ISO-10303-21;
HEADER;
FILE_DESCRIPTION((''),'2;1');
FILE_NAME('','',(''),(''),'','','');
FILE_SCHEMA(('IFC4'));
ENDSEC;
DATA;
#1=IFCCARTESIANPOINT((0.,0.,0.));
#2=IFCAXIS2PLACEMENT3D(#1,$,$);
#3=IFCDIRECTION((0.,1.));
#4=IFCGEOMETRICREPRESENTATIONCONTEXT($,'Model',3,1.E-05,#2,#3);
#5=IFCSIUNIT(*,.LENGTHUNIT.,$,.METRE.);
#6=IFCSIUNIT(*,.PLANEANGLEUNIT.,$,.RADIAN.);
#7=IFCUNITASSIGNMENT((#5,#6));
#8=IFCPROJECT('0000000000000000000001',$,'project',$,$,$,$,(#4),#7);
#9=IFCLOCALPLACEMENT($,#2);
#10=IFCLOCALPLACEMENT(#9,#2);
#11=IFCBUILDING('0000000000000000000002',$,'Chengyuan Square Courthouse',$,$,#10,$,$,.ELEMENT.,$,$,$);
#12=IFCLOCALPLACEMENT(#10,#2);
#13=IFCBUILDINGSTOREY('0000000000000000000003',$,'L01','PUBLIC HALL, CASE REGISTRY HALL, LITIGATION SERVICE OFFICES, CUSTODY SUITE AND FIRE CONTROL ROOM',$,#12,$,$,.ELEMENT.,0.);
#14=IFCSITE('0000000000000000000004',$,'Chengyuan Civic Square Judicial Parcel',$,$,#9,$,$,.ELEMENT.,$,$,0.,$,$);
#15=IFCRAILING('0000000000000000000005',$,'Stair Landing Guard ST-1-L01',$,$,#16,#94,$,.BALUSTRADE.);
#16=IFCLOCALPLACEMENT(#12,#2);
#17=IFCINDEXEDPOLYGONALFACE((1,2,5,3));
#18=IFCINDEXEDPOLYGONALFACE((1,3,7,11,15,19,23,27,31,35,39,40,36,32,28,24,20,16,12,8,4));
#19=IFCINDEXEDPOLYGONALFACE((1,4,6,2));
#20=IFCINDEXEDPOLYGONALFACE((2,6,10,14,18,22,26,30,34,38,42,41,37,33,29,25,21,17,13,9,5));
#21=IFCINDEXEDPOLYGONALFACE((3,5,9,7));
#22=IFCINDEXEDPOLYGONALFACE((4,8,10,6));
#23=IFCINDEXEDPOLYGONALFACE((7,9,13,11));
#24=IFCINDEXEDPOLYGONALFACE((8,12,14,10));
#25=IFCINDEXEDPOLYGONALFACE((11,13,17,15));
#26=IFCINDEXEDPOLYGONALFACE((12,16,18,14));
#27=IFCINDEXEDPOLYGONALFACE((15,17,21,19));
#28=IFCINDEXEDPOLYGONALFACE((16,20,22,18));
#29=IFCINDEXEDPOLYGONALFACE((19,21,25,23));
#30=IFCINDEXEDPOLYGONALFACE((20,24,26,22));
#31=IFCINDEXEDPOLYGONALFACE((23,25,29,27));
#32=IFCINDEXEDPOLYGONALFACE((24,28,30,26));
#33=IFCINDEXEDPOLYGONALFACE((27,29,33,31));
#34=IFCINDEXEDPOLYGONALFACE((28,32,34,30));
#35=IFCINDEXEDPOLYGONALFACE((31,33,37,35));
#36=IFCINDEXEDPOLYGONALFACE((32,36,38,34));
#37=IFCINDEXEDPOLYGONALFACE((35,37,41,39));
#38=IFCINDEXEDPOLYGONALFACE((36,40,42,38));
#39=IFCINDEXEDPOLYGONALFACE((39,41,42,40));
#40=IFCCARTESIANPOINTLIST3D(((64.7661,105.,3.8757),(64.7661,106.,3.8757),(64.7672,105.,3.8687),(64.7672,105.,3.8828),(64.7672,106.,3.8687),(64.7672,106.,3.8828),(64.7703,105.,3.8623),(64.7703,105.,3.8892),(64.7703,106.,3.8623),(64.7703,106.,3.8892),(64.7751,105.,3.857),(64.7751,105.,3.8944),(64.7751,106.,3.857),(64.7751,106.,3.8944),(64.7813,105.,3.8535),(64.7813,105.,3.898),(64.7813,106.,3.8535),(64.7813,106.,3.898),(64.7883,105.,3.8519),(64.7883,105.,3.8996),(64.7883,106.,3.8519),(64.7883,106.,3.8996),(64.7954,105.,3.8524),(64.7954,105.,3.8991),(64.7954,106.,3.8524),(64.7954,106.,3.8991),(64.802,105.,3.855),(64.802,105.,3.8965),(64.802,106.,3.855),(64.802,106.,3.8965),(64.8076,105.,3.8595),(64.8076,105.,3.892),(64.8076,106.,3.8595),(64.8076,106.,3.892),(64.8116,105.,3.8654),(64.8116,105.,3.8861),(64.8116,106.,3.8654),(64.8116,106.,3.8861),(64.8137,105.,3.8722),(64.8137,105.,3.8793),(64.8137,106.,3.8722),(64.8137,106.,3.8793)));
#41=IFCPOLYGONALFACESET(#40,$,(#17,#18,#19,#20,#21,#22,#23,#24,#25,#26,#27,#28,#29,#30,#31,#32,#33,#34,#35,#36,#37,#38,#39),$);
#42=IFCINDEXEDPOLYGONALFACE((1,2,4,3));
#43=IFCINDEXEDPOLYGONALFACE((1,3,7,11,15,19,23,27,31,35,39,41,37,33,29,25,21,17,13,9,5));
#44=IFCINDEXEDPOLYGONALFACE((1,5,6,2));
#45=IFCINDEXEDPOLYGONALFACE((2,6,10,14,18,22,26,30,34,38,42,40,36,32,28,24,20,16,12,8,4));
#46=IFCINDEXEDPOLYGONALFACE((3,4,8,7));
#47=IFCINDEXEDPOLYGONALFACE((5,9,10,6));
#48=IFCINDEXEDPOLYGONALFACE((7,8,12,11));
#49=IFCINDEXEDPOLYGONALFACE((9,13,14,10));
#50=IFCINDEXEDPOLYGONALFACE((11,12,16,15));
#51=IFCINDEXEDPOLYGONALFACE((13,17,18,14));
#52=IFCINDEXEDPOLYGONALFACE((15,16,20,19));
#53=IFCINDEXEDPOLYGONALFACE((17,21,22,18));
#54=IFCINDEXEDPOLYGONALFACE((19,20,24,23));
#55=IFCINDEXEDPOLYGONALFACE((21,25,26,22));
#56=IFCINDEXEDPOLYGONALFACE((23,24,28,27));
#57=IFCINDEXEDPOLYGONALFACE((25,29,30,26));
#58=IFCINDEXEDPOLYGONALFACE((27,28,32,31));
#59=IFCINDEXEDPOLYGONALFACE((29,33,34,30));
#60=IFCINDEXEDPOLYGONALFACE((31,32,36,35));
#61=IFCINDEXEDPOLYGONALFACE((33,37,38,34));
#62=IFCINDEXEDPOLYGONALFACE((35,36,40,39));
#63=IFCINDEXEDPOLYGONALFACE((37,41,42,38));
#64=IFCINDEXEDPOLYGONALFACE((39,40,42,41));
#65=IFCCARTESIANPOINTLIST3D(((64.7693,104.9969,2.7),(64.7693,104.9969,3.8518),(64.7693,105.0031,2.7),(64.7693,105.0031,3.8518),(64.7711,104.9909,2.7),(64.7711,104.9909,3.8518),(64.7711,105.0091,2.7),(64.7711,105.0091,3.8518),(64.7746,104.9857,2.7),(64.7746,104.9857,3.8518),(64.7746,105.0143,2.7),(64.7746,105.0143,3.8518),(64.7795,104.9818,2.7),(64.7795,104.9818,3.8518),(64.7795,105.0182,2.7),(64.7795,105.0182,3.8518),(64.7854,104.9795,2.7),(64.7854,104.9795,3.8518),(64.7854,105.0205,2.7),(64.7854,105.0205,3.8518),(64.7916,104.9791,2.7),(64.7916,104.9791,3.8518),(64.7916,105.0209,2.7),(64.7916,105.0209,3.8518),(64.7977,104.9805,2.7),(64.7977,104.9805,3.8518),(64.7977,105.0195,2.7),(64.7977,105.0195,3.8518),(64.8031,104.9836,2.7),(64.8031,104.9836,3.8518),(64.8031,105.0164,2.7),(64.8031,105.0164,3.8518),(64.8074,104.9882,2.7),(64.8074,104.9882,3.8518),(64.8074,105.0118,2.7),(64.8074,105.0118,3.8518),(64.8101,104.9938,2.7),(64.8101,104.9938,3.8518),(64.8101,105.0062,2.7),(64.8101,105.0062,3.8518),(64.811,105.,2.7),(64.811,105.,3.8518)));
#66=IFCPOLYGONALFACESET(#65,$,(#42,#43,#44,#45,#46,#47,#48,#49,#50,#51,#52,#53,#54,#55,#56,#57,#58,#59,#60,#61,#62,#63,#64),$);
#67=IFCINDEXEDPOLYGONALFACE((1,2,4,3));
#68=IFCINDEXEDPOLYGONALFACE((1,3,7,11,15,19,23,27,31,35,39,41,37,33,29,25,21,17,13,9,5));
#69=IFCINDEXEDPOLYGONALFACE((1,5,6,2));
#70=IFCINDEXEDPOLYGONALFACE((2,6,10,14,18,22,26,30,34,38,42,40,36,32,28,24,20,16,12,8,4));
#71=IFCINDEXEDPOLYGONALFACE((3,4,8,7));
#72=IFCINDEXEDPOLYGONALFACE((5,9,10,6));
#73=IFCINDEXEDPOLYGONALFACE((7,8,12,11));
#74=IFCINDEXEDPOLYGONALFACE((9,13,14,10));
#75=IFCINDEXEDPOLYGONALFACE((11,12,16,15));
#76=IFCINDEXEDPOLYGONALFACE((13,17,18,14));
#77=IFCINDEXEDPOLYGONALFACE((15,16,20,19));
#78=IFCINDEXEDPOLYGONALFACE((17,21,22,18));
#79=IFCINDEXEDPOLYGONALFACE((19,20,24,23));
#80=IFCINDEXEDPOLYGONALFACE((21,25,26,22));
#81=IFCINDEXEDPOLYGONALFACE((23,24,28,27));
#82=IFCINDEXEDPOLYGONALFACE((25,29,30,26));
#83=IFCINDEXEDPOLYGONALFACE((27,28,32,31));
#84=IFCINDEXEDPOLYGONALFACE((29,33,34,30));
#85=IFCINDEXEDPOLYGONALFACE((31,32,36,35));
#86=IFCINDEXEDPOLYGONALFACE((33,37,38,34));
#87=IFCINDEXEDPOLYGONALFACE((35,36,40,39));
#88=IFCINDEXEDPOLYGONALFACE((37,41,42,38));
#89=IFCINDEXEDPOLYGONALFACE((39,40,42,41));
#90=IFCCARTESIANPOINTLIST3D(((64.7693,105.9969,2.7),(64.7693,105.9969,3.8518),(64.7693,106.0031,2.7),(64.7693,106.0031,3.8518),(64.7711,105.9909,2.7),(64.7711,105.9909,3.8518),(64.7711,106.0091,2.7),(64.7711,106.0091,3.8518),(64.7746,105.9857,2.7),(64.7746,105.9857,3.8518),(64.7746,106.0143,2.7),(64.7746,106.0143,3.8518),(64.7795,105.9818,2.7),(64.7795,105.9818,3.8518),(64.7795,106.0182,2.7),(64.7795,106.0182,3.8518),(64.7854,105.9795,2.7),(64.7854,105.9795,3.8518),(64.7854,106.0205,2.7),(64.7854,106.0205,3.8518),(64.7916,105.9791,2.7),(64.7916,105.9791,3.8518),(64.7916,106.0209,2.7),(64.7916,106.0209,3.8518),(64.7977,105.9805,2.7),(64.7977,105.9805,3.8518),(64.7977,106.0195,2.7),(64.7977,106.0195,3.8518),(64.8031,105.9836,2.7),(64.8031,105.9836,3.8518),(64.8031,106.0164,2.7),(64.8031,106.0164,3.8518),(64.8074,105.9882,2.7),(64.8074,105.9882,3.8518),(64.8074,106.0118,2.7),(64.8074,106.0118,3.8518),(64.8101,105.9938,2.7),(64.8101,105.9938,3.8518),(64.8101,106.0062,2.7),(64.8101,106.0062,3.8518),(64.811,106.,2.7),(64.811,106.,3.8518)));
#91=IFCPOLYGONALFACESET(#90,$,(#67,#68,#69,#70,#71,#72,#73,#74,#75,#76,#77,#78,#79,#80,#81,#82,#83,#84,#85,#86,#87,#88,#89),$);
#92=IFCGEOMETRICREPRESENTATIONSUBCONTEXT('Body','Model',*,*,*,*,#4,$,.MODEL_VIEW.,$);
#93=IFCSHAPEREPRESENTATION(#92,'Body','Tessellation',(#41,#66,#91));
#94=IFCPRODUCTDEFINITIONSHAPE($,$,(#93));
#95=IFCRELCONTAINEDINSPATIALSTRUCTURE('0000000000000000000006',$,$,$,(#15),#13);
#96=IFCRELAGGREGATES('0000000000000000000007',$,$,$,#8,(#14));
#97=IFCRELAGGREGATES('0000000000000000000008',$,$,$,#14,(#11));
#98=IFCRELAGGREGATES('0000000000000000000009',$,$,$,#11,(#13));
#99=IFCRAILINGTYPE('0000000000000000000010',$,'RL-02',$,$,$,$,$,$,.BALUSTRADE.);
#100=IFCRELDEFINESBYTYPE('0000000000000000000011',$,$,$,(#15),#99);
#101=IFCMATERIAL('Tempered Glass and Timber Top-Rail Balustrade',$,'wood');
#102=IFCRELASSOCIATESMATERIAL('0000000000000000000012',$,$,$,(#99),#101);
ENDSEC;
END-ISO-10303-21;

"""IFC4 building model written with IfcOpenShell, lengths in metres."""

from ifc_helpers import new_model, si_unit, direction, frame, origin, origin_2d, place, context, subcontext, project, spatial, circle, extrude, material, type_object, element, save


model = new_model("IFC4")

# Units and contexts
model_context = context("Model", 3, precision=1e-05, world=origin(), true_north=direction((0.0, 1.0)))
body_context = subcontext(model_context, "Body", "Model", "MODEL_VIEW")
ifc_project = project(units=[si_unit("LENGTHUNIT", "METRE"), si_unit("PLANEANGLEUNIT", "RADIAN")], contexts=[model_context])

# Site, building, storey
site_placement = place(None, origin())
site = spatial("IfcSite", under=ifc_project, at=site_placement, Name="Chengyuan Civic Square Judicial Parcel", CompositionType="ELEMENT", RefElevation=0.0)
building_placement = place(site_placement, origin())
building = spatial("IfcBuilding", under=site, at=building_placement, Name="Chengyuan Square Courthouse", CompositionType="ELEMENT")
storey_placement = place(building_placement, origin())
storey = spatial("IfcBuildingStorey", under=building, at=storey_placement, Name="L01", Description="PUBLIC HALL, CASE REGISTRY HALL, LITIGATION SERVICE OFFICES, CUSTODY SUITE AND FIRE CONTROL ROOM", CompositionType="ELEMENT", Elevation=0.0)

# Railing
ifc_material_1 = material(Name="Tempered Glass and Timber Top-Rail Balustrade", Category="wood")
railing_type_1 = type_object("IfcRailingType", Name="RL-02", PredefinedType="BALUSTRADE", material=ifc_material_1)
for number, where, name in (
    (1, (64.79, 105.0, 2.7), "Stair Landing Guard ST-1-L01"),
):
    element("IfcRailing", number, at=place(storey_placement, frame(where)), inside=storey, type_object=railing_type_1, Name=name, PredefinedType="BALUSTRADE", context=body_context, shape_type="SweptSolid", body=[
        extrude(circle(Radius=0.0239, at=origin_2d()), frame((0.0, 0.0, 1.1758), z_axis=(0.0, 1.0, 0.0), x_axis=(-1.0, 0.0, 0.0)), (0.0, 0.0, 1.0), 1.0),
        extrude(circle(Radius=0.021, at=origin_2d()), origin(), (0.0, 0.0, 1.0), 1.1519),
        extrude(circle(Radius=0.021, at=origin_2d()), frame((0.0, 1.0, 0.0)), (0.0, 0.0, 1.0), 1.1519),
    ])

save(model, "model.ifc")
